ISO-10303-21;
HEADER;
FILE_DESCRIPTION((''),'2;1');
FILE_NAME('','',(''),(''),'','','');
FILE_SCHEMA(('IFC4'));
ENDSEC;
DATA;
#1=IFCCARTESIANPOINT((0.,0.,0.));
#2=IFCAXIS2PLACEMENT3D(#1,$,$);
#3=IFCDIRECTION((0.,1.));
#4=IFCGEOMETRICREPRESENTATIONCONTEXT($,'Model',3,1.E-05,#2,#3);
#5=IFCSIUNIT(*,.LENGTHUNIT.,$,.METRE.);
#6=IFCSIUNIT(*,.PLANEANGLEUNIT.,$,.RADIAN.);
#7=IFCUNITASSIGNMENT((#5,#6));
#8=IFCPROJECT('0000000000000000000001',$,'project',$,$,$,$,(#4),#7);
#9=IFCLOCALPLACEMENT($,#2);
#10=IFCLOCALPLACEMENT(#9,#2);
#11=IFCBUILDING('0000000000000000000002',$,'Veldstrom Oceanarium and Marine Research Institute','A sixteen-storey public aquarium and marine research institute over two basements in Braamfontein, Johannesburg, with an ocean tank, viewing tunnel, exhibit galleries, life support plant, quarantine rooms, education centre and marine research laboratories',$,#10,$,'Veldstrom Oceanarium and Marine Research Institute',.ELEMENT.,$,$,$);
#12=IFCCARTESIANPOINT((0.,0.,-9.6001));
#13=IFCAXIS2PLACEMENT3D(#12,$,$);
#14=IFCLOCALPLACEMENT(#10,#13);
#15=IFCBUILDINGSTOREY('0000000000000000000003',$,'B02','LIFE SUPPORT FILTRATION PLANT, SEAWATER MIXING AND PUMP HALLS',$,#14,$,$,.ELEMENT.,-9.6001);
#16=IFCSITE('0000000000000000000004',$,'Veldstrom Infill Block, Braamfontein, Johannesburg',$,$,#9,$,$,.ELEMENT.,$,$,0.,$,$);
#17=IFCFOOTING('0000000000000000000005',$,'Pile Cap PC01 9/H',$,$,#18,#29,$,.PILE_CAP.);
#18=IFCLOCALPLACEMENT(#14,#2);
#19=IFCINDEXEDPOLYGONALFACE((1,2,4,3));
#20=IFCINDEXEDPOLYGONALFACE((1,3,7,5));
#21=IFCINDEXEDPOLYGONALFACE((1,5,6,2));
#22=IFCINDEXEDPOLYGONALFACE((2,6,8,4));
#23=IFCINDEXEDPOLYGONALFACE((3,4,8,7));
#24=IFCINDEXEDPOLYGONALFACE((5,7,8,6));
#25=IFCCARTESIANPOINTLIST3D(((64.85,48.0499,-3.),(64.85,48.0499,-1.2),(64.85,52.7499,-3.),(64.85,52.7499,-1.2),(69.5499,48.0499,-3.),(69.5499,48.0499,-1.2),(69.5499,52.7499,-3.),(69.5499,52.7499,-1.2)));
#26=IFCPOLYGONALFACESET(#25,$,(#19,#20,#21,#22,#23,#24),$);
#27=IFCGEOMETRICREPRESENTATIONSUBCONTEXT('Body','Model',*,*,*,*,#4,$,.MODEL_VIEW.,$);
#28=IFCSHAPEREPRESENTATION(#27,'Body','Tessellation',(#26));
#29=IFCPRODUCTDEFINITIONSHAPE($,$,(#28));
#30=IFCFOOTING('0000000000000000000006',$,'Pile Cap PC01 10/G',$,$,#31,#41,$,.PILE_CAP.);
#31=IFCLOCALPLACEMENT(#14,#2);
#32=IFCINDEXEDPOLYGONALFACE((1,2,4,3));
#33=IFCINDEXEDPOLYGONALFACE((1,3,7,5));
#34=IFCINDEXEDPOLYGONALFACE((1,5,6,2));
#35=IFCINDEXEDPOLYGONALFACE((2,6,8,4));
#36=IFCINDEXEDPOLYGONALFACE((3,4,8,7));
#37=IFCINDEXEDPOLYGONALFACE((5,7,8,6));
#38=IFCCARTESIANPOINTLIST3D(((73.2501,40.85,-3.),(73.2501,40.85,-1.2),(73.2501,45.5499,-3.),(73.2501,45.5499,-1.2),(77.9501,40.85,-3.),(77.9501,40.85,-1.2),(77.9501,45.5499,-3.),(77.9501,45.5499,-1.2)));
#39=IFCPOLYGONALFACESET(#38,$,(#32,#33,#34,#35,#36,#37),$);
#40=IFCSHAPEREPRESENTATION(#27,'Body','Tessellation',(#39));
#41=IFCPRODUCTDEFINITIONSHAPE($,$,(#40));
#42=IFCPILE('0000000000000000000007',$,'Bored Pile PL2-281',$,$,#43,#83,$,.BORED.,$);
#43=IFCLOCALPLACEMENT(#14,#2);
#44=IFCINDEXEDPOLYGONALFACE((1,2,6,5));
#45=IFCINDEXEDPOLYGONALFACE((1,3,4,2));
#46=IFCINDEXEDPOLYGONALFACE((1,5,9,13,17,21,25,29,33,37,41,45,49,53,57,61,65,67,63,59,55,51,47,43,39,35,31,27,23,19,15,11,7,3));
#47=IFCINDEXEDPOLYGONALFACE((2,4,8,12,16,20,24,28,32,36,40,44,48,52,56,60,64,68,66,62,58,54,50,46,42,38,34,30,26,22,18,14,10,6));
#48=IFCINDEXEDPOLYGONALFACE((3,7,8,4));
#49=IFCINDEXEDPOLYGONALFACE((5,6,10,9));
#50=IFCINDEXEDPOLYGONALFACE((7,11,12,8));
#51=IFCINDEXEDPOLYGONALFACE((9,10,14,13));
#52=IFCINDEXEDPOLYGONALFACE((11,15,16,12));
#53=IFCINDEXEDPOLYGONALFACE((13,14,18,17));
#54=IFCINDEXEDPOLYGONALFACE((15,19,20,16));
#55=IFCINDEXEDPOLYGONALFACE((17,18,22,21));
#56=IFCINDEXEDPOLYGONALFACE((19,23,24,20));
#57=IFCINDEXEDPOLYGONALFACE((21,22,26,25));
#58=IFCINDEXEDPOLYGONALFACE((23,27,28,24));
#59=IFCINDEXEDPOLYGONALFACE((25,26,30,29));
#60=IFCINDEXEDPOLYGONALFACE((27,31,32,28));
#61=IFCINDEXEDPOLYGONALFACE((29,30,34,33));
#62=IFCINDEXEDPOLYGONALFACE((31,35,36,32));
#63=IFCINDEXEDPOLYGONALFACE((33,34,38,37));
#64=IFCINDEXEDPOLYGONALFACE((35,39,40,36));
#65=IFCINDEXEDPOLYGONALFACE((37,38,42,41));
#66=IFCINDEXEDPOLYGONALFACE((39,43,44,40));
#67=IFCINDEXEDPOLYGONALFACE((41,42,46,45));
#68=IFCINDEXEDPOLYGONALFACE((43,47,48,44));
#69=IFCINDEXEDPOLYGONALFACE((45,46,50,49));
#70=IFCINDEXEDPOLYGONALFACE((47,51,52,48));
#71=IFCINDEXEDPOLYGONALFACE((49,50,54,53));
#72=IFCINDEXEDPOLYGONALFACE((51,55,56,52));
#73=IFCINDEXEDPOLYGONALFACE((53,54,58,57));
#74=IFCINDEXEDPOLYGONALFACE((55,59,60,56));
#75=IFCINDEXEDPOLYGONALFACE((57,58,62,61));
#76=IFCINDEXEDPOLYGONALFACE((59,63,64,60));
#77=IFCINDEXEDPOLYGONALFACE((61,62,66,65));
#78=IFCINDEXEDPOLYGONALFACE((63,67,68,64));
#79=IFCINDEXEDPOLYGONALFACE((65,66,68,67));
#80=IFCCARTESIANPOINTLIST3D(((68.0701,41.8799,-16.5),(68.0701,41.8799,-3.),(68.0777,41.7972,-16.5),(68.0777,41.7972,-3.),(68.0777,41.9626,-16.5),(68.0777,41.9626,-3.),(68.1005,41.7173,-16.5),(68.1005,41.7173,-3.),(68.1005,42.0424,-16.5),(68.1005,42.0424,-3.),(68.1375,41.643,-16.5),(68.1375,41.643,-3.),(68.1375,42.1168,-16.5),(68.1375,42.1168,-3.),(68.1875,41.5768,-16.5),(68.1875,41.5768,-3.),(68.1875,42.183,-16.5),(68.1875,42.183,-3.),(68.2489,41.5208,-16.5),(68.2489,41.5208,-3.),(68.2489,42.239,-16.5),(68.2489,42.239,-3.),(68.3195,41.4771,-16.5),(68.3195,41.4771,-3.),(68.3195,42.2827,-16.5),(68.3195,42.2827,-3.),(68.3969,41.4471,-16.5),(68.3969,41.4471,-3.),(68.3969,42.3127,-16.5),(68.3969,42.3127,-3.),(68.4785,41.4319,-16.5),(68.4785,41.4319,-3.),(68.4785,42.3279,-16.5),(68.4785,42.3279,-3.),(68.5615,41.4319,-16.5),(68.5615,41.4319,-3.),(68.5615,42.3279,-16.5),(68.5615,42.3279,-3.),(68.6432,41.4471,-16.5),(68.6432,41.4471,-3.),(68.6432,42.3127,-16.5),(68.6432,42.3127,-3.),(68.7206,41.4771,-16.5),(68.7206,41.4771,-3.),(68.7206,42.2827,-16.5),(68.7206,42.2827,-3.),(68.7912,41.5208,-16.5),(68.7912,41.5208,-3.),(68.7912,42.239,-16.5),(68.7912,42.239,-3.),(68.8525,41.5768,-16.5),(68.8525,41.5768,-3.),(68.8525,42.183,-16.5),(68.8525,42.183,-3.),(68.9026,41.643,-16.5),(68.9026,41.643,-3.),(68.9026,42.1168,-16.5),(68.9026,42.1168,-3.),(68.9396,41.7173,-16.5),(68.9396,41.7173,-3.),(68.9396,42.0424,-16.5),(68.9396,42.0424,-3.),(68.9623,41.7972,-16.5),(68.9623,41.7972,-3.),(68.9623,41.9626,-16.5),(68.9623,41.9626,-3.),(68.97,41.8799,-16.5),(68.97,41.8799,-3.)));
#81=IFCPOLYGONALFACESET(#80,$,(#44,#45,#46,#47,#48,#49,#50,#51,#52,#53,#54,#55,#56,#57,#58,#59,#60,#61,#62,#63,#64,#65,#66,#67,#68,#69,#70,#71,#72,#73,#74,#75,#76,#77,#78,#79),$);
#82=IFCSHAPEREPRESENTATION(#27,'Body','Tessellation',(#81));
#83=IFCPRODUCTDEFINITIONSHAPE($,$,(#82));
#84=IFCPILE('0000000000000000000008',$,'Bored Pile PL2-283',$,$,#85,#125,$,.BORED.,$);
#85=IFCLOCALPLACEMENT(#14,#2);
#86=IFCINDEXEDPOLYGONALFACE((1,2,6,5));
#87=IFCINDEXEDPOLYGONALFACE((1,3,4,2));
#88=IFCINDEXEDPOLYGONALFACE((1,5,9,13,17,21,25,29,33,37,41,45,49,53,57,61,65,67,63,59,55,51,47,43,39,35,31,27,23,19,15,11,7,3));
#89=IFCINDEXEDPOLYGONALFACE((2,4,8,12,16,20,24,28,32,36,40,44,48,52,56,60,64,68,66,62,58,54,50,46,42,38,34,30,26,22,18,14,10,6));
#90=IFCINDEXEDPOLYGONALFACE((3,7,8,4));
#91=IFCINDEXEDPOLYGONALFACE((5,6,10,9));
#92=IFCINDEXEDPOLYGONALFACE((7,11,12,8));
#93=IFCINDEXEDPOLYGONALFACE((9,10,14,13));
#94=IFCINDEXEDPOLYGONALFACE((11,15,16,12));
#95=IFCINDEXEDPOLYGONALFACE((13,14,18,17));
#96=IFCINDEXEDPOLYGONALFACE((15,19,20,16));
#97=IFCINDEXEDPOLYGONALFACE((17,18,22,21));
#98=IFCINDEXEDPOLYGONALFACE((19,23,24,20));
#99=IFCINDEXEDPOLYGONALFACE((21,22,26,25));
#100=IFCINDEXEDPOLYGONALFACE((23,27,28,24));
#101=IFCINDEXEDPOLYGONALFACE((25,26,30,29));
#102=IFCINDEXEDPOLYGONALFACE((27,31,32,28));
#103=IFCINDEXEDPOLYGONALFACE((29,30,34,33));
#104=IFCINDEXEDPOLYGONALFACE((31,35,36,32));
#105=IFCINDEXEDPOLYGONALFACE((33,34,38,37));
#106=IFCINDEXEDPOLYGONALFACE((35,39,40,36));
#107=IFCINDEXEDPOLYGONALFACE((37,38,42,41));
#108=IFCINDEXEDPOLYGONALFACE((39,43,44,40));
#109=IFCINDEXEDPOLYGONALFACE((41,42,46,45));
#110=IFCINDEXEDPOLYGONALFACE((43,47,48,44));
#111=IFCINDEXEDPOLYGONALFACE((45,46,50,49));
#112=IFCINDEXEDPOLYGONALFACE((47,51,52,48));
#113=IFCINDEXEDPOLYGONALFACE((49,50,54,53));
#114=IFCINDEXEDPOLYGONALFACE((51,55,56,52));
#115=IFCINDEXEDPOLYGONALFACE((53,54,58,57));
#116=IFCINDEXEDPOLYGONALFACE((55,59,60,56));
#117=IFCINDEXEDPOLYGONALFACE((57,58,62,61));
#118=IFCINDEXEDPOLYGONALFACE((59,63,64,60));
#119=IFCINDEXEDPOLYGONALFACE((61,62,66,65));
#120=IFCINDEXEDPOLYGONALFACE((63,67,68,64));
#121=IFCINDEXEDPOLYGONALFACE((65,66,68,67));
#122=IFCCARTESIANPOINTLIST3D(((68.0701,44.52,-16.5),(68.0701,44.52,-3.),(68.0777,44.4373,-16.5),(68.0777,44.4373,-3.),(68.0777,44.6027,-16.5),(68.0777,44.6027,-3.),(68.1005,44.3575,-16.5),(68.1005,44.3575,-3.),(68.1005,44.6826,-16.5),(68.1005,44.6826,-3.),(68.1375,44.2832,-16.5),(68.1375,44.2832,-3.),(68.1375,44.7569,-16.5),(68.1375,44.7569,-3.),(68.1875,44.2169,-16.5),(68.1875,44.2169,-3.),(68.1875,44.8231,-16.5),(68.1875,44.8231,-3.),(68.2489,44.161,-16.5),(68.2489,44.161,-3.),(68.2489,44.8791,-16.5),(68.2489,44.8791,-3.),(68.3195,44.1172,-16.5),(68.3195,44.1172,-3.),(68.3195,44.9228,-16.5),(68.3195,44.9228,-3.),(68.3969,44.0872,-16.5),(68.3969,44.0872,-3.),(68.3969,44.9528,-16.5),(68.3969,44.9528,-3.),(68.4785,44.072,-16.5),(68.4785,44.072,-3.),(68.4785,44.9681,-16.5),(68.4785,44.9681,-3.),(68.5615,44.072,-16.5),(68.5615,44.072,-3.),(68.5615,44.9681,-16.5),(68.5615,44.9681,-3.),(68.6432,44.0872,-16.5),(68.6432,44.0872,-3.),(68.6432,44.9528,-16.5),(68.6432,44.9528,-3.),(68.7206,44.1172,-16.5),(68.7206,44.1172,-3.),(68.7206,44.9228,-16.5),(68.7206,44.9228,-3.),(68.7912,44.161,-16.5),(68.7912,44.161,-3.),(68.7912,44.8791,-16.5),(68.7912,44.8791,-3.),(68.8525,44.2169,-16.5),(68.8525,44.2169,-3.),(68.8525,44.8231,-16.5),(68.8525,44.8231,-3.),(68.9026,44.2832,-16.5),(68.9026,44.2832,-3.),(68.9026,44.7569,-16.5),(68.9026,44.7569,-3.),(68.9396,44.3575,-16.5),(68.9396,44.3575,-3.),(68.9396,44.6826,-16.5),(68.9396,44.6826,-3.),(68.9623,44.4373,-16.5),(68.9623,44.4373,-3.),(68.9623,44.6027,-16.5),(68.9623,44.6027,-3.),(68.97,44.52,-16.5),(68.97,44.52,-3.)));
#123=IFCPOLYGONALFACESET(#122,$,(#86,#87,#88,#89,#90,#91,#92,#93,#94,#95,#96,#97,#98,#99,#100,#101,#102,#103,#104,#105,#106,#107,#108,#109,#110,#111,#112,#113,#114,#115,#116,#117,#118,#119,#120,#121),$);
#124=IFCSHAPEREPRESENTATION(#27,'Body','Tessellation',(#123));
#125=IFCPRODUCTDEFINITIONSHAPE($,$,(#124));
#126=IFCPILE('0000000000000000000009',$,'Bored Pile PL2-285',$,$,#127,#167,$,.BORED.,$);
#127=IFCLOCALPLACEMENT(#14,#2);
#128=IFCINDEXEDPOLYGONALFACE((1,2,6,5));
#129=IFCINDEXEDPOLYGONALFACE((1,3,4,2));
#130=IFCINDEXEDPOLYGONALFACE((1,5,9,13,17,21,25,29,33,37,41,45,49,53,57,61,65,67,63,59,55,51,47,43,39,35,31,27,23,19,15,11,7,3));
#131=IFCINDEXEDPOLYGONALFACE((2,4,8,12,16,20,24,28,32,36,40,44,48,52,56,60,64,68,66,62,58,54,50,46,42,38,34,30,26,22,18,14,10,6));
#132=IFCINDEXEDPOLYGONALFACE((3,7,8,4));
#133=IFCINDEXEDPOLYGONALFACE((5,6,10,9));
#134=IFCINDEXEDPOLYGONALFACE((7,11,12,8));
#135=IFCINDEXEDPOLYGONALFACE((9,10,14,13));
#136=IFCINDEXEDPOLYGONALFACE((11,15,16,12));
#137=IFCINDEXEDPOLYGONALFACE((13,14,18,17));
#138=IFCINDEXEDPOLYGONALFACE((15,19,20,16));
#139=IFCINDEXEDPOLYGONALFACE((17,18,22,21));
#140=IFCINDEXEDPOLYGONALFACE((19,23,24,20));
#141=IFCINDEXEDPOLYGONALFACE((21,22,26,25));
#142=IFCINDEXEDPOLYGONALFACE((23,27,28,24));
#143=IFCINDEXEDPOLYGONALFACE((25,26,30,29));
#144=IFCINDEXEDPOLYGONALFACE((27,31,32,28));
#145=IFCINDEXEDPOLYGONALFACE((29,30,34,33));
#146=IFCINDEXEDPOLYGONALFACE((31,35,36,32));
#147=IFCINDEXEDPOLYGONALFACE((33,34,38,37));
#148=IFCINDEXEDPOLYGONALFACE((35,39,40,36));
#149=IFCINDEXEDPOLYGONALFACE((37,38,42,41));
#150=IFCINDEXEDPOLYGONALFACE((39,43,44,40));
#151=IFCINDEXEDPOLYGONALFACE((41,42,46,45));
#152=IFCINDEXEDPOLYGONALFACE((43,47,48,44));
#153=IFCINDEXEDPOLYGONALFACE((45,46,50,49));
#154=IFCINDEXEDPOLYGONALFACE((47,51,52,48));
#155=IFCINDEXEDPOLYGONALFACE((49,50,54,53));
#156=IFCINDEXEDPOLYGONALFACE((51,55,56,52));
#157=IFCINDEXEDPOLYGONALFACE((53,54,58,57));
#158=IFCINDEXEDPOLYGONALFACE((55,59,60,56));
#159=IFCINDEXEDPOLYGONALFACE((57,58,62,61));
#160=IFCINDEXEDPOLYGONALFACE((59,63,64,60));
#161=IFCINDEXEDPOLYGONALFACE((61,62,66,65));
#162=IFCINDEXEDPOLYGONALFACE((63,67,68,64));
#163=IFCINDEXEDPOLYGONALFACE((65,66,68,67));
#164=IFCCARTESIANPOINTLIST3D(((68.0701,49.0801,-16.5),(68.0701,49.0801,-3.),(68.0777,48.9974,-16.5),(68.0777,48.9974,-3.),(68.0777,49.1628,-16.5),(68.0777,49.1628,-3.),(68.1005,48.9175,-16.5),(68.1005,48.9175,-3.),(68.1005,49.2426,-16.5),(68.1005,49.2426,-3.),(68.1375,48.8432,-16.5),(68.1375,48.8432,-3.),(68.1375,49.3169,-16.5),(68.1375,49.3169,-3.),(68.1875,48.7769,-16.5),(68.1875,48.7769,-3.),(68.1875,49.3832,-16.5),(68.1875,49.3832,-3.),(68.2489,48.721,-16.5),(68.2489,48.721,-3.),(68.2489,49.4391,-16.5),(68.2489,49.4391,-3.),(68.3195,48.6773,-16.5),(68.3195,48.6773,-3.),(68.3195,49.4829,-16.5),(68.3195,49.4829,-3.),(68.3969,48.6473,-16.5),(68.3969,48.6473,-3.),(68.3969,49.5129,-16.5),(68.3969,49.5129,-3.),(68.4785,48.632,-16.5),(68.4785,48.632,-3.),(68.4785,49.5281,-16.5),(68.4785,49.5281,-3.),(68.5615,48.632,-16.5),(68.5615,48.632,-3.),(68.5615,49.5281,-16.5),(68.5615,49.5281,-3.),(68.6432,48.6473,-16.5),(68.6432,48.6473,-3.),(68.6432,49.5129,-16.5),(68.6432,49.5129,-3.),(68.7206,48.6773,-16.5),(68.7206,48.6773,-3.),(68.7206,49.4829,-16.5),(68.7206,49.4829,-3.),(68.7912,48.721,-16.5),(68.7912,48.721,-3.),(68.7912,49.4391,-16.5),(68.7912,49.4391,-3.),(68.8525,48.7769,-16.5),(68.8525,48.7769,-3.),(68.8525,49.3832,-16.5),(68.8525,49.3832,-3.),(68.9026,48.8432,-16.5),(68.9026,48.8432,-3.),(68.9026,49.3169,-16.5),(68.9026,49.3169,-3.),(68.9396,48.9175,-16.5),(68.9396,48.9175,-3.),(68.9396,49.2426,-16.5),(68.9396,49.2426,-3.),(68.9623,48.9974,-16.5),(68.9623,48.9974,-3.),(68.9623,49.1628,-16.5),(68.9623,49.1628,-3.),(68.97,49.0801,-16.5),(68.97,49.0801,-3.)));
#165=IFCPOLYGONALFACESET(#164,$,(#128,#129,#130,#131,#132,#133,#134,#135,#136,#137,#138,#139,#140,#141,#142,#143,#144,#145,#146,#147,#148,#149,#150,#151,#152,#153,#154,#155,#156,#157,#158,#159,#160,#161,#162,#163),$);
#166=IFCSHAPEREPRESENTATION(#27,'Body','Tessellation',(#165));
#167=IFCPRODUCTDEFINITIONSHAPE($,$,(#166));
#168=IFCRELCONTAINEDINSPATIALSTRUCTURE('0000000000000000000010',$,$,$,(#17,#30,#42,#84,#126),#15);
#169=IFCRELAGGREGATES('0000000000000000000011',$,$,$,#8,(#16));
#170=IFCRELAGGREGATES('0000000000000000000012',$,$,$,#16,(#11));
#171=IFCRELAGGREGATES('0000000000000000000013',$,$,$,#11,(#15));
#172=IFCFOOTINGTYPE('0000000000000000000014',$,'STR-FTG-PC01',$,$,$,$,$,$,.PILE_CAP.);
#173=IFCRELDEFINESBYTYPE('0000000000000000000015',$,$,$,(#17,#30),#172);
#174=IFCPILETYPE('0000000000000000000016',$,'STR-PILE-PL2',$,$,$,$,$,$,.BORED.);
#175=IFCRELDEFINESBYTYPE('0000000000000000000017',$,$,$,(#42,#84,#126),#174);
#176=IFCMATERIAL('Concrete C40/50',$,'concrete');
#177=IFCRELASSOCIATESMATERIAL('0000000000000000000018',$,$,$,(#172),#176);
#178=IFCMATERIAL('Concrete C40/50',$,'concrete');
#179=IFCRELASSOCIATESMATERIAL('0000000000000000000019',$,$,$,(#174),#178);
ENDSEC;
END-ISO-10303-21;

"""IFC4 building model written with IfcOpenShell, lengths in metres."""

from ifc_helpers import new_model, si_unit, direction, frame, origin, origin_2d, place, context, subcontext, project, spatial, rectangle, circle, extrude, material, material_profile, profile_set, type_object, element, save


model = new_model("IFC4")

# Units and contexts
model_context = context("Model", 3, precision=1e-05, world=origin(), true_north=direction((0.0, 1.0)))
body_context = subcontext(model_context, "Body", "Model", "MODEL_VIEW")
ifc_project = project(units=[si_unit("LENGTHUNIT", "METRE"), si_unit("PLANEANGLEUNIT", "RADIAN")], contexts=[model_context])

# Site, building, storey
site_placement = place(None, origin())
site = spatial("IfcSite", under=ifc_project, at=site_placement, Name="Veldstrom Infill Block, Braamfontein, Johannesburg", CompositionType="ELEMENT", RefElevation=0.0)
building_placement = place(site_placement, origin())
building = spatial("IfcBuilding", under=site, at=building_placement, Name="Veldstrom Oceanarium and Marine Research Institute", Description="A sixteen-storey public aquarium and marine research institute over two basements in Braamfontein, Johannesburg, with an ocean tank, viewing tunnel, exhibit galleries, life support plant, quarantine rooms, education centre and marine research laboratories", LongName="Veldstrom Oceanarium and Marine Research Institute", CompositionType="ELEMENT")
storey_placement = place(building_placement, frame((0.0, 0.0, -9.6001)))
storey = spatial("IfcBuildingStorey", under=building, at=storey_placement, Name="B02", Description="LIFE SUPPORT FILTRATION PLANT, SEAWATER MIXING AND PUMP HALLS", CompositionType="ELEMENT", Elevation=-9.6001)

# Footings
ifc_material_1 = material(Name="Concrete C40/50", Category="concrete")
footing_type = type_object("IfcFootingType", Name="STR-FTG-PC01", PredefinedType="PILE_CAP", material=ifc_material_1)
for number, where, z_axis, x_axis, name in (
    (1, (67.2, 50.3999, -3.0), (0.0, 0.0, 1.0), (1.0, 0.0, 0.0), "Pile Cap PC01 9/H"),
    (2, (75.6001, 43.2, -3.0), (0.0, 0.0, 1.0), (1.0, 0.0, 0.0), "Pile Cap PC01 10/G"),
):
    element("IfcFooting", number, at=place(storey_placement, frame(where, z_axis=z_axis, x_axis=x_axis)), inside=storey, type_object=footing_type, Name=name, PredefinedType="PILE_CAP", context=body_context, shape_type="SweptSolid", body=[
        extrude(rectangle(XDim=4.7, YDim=4.7, at=origin_2d()), origin(), (0.0, 0.0, 1.0), 1.8),
    ])

# Piles
ifc_material_2 = material(Name="Concrete C40/50", Category="concrete")
ifc_material_profile_1 = material_profile(ifc_material_2, circle(Radius=0.45, at=origin_2d()), Name="PILE-D900")
ifc_profile_set_1 = profile_set([ifc_material_profile_1], Name="Concrete C40/50")
pile_type_1 = type_object("IfcPileType", Name="STR-PILE-PL2", PredefinedType="BORED", material=ifc_profile_set_1)
for number, where, z_axis, x_axis, name in (
    (3, (68.52, 41.8799, -3.0), (0.0, 0.0, -1.0), (1.0, 0.0, 0.0), "Bored Pile PL2-281"),
    (4, (68.52, 44.52, -3.0), (0.0, 0.0, -1.0), (1.0, 0.0, 0.0), "Bored Pile PL2-283"),
    (5, (68.52, 49.0801, -3.0), (0.0, 0.0, -1.0), (1.0, 0.0, 0.0), "Bored Pile PL2-285"),
):
    element("IfcPile", number, at=place(storey_placement, frame(where, z_axis=z_axis, x_axis=x_axis)), inside=storey, type_object=pile_type_1, Name=name, PredefinedType="BORED", context=body_context, shape_type="SweptSolid", body=[
        extrude(circle(Radius=0.45, at=origin_2d()), origin(), (0.0, 0.0, 1.0), 13.5),
    ])

save(model, "model.ifc")
